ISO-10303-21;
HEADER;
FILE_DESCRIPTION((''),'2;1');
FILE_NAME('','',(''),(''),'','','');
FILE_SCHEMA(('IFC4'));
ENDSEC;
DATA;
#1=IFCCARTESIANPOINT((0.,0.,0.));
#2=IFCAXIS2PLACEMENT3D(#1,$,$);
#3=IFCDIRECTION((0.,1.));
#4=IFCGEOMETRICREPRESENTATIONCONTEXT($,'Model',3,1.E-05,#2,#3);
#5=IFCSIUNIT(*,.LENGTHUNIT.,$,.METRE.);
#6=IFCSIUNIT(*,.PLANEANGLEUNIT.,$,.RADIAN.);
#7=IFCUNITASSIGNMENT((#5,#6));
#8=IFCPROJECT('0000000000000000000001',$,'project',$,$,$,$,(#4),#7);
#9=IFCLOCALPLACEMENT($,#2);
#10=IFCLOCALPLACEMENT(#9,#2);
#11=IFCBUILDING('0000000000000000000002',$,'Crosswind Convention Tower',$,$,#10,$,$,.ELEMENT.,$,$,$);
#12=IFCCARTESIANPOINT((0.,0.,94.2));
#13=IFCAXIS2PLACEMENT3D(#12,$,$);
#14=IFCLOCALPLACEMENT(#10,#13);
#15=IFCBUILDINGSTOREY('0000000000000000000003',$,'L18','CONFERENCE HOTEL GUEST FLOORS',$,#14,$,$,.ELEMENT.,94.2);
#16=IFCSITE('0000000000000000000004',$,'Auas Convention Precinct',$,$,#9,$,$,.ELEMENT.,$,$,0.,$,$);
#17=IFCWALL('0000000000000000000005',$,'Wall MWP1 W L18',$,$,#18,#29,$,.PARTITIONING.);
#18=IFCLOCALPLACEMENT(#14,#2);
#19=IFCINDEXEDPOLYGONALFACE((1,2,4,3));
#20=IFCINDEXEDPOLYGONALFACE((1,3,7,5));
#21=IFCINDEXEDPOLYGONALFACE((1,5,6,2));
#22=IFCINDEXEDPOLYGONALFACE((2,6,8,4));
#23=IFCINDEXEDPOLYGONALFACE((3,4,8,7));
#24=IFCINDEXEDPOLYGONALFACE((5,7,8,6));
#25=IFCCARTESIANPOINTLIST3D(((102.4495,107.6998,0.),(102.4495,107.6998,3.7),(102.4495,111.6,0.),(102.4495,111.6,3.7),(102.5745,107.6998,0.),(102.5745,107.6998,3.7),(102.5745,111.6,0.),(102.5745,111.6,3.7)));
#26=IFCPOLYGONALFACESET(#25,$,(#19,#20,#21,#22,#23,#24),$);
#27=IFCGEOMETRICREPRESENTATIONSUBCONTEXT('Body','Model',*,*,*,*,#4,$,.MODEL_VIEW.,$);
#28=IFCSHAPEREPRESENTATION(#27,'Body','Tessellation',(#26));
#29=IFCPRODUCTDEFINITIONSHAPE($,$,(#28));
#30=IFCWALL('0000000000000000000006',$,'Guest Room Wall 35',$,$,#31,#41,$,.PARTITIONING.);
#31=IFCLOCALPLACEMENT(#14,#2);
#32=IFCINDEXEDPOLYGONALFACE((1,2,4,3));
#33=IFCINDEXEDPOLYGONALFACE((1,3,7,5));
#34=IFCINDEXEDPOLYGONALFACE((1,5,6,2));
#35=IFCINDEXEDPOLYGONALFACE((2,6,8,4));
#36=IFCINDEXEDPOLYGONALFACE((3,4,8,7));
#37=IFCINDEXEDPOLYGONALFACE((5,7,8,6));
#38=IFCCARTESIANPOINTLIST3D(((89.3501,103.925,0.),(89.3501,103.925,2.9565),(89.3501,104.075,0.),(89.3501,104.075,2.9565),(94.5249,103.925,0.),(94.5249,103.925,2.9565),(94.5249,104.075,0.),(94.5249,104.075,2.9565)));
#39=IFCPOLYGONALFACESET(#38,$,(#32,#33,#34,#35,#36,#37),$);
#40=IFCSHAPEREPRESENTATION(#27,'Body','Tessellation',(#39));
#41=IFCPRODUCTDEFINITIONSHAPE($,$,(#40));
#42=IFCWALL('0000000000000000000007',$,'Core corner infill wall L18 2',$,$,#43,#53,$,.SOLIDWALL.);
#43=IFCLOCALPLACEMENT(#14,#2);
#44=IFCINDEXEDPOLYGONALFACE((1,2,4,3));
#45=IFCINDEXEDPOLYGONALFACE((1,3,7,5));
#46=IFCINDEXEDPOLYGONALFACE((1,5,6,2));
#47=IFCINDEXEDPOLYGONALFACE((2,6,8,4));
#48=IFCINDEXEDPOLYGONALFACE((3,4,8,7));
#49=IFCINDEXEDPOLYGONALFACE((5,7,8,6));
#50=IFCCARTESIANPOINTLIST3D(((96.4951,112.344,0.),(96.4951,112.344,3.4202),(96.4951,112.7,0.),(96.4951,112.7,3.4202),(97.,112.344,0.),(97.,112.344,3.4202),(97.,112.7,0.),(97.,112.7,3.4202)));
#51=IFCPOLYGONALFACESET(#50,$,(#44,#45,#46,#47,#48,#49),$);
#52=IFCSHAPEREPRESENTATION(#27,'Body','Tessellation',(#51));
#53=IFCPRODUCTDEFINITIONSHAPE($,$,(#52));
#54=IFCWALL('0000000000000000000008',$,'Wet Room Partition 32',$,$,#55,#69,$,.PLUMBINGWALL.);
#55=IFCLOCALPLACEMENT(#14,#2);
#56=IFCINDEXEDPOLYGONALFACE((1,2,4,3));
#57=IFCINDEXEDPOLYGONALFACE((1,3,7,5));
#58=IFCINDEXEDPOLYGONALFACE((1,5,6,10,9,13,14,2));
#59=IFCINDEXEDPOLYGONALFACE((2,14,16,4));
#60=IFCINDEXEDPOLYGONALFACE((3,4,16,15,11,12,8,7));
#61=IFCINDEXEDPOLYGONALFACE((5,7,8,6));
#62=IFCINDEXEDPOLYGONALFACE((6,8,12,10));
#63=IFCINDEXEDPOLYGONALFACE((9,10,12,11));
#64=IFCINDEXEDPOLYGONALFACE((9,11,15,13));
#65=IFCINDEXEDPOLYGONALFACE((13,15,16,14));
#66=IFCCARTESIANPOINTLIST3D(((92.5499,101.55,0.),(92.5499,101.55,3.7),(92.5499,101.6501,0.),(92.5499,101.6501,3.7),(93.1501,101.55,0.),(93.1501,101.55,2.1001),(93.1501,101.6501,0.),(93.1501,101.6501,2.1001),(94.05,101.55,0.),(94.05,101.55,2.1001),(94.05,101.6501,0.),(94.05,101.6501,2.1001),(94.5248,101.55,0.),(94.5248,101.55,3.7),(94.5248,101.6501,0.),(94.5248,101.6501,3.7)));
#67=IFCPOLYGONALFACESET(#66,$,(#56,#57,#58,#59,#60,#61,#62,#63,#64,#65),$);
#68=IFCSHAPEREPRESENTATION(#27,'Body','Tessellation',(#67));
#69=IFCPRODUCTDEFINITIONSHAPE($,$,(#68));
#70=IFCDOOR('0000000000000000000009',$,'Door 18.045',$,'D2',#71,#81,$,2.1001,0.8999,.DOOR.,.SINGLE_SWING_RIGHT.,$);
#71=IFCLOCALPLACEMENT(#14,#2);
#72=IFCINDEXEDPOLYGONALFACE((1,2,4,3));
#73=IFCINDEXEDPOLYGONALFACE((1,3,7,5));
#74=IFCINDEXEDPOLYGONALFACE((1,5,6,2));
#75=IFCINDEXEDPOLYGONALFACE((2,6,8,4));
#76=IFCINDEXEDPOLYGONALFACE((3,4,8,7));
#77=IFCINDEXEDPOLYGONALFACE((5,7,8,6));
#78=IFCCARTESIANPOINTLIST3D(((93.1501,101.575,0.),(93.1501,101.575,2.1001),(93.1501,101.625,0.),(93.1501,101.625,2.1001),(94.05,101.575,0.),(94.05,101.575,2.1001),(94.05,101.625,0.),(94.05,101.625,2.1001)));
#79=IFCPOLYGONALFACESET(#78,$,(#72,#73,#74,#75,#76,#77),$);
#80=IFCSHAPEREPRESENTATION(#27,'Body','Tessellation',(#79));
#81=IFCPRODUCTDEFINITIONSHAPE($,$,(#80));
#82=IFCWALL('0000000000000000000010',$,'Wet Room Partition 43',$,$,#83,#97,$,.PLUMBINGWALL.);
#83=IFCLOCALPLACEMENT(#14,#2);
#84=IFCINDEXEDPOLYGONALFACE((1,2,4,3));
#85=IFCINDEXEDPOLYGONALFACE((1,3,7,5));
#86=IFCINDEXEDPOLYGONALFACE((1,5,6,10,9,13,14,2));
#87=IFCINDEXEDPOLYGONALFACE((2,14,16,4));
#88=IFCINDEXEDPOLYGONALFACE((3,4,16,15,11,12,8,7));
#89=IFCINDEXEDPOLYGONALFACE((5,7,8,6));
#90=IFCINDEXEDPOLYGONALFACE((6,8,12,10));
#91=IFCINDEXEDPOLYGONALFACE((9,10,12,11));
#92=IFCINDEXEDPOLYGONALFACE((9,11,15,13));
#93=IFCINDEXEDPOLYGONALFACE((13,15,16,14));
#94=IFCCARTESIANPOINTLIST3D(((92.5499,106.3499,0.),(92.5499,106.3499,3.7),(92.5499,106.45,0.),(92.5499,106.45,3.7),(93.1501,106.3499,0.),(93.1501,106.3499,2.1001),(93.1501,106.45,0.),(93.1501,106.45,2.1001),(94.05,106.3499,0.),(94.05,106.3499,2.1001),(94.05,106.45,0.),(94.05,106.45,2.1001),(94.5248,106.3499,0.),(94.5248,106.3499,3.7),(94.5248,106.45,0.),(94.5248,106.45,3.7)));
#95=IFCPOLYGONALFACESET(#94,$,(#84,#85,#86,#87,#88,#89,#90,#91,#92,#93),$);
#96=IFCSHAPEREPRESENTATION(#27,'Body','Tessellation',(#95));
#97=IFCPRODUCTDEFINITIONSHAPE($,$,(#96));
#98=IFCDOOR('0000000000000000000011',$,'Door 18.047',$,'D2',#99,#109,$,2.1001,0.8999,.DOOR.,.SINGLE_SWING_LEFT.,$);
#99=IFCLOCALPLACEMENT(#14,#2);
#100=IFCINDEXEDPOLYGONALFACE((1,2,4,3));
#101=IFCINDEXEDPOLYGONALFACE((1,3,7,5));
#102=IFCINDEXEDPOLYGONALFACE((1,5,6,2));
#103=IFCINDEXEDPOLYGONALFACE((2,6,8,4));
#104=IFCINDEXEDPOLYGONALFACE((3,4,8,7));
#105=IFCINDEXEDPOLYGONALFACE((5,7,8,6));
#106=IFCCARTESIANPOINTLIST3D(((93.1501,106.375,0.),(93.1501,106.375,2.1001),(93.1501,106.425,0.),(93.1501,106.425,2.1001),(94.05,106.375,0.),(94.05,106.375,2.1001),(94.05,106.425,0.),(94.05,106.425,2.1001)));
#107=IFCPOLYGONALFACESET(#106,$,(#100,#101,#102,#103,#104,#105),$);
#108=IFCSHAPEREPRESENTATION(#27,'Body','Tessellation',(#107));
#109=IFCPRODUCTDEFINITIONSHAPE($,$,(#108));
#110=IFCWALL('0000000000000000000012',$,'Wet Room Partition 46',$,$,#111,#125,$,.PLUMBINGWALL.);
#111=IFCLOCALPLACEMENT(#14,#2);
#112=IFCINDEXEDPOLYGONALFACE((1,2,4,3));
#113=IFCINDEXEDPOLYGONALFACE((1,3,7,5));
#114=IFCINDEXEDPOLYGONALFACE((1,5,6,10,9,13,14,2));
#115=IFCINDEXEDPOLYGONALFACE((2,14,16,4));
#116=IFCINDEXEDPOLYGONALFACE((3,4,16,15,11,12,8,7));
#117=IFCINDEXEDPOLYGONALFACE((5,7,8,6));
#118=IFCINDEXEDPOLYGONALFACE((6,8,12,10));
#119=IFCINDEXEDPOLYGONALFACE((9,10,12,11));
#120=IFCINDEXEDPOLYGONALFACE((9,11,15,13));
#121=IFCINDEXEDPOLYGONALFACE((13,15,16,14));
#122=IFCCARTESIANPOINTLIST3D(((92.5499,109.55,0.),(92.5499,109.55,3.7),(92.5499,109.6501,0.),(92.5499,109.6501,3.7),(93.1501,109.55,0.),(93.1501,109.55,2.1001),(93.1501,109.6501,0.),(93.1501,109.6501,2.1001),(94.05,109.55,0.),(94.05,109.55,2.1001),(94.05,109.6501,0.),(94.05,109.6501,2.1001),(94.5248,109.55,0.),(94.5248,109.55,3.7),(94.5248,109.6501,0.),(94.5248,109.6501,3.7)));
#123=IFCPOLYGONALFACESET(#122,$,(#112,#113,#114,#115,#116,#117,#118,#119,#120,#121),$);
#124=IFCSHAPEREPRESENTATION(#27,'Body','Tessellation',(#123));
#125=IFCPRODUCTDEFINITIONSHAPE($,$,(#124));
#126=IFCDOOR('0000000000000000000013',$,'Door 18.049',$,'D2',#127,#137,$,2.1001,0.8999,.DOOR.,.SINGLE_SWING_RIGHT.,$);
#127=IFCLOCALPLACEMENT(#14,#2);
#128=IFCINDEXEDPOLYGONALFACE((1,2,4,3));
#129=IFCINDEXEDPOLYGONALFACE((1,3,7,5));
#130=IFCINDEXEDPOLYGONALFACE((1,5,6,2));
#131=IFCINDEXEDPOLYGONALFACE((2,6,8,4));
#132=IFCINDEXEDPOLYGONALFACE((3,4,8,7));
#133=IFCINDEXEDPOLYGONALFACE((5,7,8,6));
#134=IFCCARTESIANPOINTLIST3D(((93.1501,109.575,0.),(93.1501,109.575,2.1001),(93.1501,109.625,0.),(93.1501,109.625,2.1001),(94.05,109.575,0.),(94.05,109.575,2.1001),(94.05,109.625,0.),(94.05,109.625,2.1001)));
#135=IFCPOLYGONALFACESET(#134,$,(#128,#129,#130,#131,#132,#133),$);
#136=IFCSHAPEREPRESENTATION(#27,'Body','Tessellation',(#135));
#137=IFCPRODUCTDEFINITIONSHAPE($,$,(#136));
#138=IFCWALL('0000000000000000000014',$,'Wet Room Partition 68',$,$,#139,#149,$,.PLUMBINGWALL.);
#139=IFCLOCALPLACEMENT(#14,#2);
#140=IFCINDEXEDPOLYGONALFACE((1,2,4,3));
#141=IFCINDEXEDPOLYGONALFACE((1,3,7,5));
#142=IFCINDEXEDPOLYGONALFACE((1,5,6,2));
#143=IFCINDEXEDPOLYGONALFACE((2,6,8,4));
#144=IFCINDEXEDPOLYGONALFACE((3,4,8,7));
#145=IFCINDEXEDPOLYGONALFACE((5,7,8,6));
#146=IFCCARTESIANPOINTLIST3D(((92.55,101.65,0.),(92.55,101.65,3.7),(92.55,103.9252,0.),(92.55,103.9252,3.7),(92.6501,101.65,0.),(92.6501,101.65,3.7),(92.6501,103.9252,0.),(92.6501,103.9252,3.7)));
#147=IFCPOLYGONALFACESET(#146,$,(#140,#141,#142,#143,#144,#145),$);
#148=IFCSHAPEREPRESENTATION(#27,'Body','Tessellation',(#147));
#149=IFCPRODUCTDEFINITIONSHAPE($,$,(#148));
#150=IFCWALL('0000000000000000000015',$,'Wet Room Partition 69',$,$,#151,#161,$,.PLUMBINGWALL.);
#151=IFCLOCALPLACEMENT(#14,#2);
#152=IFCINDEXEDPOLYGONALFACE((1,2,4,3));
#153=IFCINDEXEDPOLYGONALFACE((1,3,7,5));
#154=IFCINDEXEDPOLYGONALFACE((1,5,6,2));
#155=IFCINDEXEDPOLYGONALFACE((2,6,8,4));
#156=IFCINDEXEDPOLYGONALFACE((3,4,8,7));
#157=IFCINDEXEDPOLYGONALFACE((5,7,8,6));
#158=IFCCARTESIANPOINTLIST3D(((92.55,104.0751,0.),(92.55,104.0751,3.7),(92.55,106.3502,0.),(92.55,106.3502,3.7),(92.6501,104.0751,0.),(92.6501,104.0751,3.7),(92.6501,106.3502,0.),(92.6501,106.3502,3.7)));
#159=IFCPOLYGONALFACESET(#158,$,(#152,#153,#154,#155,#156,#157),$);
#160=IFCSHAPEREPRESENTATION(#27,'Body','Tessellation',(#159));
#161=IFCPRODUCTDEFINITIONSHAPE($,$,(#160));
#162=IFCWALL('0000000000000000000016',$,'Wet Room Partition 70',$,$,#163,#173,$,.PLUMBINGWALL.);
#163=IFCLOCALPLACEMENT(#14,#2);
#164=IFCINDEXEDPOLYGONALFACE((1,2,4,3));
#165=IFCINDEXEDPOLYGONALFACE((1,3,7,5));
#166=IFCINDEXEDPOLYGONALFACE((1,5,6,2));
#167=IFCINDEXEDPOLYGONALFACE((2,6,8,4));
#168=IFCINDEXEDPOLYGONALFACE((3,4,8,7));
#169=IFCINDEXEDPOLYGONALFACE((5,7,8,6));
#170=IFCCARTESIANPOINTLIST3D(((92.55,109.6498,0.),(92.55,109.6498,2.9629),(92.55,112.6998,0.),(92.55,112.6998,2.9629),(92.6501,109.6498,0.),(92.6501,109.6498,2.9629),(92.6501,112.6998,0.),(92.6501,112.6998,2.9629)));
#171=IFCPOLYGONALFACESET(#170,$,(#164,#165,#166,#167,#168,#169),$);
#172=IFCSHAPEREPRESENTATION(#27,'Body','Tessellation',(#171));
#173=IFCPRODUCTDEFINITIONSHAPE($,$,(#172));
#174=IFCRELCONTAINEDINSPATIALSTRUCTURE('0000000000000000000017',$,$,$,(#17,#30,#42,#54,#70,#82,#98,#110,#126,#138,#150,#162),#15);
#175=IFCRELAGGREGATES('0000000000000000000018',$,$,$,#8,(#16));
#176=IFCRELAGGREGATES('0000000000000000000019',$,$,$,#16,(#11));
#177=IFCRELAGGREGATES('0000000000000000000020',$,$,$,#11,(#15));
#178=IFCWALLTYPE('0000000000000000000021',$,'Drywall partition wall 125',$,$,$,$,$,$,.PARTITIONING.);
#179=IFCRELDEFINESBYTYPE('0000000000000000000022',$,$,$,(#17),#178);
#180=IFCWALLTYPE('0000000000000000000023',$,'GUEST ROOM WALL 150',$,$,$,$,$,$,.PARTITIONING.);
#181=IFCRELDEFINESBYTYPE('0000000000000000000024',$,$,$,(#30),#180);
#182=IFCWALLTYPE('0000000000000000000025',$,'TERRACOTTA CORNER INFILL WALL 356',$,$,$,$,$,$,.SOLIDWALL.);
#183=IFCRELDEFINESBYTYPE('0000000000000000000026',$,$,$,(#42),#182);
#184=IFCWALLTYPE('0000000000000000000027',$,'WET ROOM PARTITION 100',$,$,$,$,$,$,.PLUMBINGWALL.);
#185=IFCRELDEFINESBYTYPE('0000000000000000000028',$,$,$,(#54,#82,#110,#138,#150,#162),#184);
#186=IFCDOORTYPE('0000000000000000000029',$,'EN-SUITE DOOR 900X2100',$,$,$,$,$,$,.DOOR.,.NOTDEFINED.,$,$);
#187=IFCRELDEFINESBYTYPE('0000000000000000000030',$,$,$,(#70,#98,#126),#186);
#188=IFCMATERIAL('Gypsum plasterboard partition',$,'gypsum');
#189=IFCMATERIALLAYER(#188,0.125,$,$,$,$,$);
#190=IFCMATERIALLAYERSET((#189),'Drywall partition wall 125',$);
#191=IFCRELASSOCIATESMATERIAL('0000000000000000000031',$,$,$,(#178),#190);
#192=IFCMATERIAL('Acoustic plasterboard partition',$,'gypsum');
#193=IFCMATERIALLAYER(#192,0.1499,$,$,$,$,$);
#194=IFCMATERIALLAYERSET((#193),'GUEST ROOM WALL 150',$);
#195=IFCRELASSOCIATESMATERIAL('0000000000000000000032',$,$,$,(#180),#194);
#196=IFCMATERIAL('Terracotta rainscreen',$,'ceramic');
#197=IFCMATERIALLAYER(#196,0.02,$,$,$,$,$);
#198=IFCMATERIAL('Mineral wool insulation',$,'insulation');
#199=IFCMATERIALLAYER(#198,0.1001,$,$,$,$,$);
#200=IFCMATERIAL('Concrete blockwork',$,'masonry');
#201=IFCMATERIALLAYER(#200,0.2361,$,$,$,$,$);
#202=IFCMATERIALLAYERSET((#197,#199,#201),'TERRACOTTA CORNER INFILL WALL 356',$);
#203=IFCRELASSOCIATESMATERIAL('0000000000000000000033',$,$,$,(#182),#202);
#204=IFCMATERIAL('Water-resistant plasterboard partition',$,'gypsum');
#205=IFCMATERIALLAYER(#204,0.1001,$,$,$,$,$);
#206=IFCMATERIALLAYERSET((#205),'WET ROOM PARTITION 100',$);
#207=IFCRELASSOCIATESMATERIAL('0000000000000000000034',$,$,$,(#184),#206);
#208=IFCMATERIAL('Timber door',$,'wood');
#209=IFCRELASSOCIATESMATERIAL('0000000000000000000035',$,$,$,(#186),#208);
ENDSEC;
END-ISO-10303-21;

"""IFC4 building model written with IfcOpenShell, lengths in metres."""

from ifc_helpers import new_model, si_unit, direction, frame, frame_2d, origin, place, context, subcontext, project, spatial, rectangle, extrude, material, layer, layer_set, type_object, element, fill, save


model = new_model("IFC4")

# Units and contexts
model_context = context("Model", 3, precision=1e-05, world=origin(), true_north=direction((0.0, 1.0)))
body_context = subcontext(model_context, "Body", "Model", "MODEL_VIEW")
ifc_project = project(units=[si_unit("LENGTHUNIT", "METRE"), si_unit("PLANEANGLEUNIT", "RADIAN")], contexts=[model_context])

# Site, building, storey
site_placement = place(None, origin())
site = spatial("IfcSite", under=ifc_project, at=site_placement, Name="Auas Convention Precinct", CompositionType="ELEMENT", RefElevation=0.0)
building_placement = place(site_placement, origin())
building = spatial("IfcBuilding", under=site, at=building_placement, Name="Crosswind Convention Tower", CompositionType="ELEMENT")
storey_placement = place(building_placement, frame((0.0, 0.0, 94.2)))
storey = spatial("IfcBuildingStorey", under=building, at=storey_placement, Name="L18", Description="CONFERENCE HOTEL GUEST FLOORS", CompositionType="ELEMENT", Elevation=94.2)

# Walls
ifc_material_1 = material(Name="Gypsum plasterboard partition", Category="gypsum")
ifc_layer_1 = layer(ifc_material_1, 0.125)
ifc_layer_set_1 = layer_set([ifc_layer_1], Name="Drywall partition wall 125")
wall_type_1 = type_object("IfcWallType", Name="Drywall partition wall 125", PredefinedType="PARTITIONING", material=ifc_layer_set_1)
wall_1_placement = place(storey_placement, frame((102.512, 111.6001, 0.0), z_axis=(0.0, 0.0, 1.0), x_axis=(0.0, -1.0, 0.0)))
element("IfcWall", 1, at=wall_1_placement, inside=storey, type_object=wall_type_1, Name="Wall MWP1 W L18", PredefinedType="PARTITIONING", context=body_context, shape_type="SweptSolid", body=[
    extrude(rectangle(XDim=3.9001, YDim=0.125, at=frame_2d((1.9502, 0.0))), origin(), (0.0, 0.0, 1.0), 3.7),
])
ifc_material_2 = material(Name="Acoustic plasterboard partition", Category="gypsum")
ifc_layer_2 = layer(ifc_material_2, 0.1499)
ifc_layer_set_2 = layer_set([ifc_layer_2], Name="GUEST ROOM WALL 150")
wall_type_2 = type_object("IfcWallType", Name="GUEST ROOM WALL 150", PredefinedType="PARTITIONING", material=ifc_layer_set_2)
wall_2_placement = place(storey_placement, frame((89.3501, 104.0, 0.0), z_axis=(0.0, 0.0, 1.0), x_axis=(1.0, 0.0, 0.0)))
element("IfcWall", 2, at=wall_2_placement, inside=storey, type_object=wall_type_2, Name="Guest Room Wall 35", PredefinedType="PARTITIONING", context=body_context, shape_type="SweptSolid", body=[
    extrude(rectangle(XDim=5.1748, YDim=0.1499, at=frame_2d((2.5874, 0.0))), origin(), (0.0, 0.0, 1.0), 2.9565),
])
ifc_material_3 = material(Name="Terracotta rainscreen", Category="ceramic")
ifc_layer_3 = layer(ifc_material_3, 0.02)
ifc_material_4 = material(Name="Mineral wool insulation", Category="insulation")
ifc_layer_4 = layer(ifc_material_4, 0.1001)
ifc_material_5 = material(Name="Concrete blockwork", Category="masonry")
ifc_layer_5 = layer(ifc_material_5, 0.2361)
ifc_layer_set_3 = layer_set([ifc_layer_3, ifc_layer_4, ifc_layer_5], Name="TERRACOTTA CORNER INFILL WALL 356")
wall_type_3 = type_object("IfcWallType", Name="TERRACOTTA CORNER INFILL WALL 356", PredefinedType="SOLIDWALL", material=ifc_layer_set_3)
wall_3_placement = place(storey_placement, frame((96.4951, 112.522, 0.0), z_axis=(0.0, 0.0, 1.0), x_axis=(1.0, 0.0, 0.0)))
element("IfcWall", 3, at=wall_3_placement, inside=storey, type_object=wall_type_3, Name="Core corner infill wall L18 2", PredefinedType="SOLIDWALL", context=body_context, shape_type="SweptSolid", body=[
    extrude(rectangle(XDim=0.5049, YDim=0.356, at=frame_2d((0.2524, 0.0))), origin(), (0.0, 0.0, 1.0), 3.4202),
])

# Walls, openings, doors
ifc_material_6 = material(Name="Water-resistant plasterboard partition", Category="gypsum")
ifc_layer_6 = layer(ifc_material_6, 0.1001)
ifc_layer_set_4 = layer_set([ifc_layer_6], Name="WET ROOM PARTITION 100")
wall_type_4 = type_object("IfcWallType", Name="WET ROOM PARTITION 100", PredefinedType="PLUMBINGWALL", material=ifc_layer_set_4)
wall_4_placement = place(storey_placement, frame((92.55, 101.6001, 0.0), z_axis=(0.0, 0.0, 1.0), x_axis=(1.0, 0.0, 0.0)))
wall_4 = element("IfcWall", 4, at=wall_4_placement, inside=storey, type_object=wall_type_4, Name="Wet Room Partition 32", PredefinedType="PLUMBINGWALL", context=body_context, shape_type="SweptSolid", body=[
    extrude(rectangle(XDim=1.9749, YDim=0.1001, at=frame_2d((0.9873, 0.0))), origin(), (0.0, 0.0, 1.0), 3.7),
])
opening_1_placement = place(wall_4_placement, frame((0.6001, 0.0, 0.0)))
opening_1 = element("IfcOpeningElement", 5, at=opening_1_placement, cuts=wall_4, PredefinedType="OPENING", context=body_context, shape_type="SweptSolid", body=[
    extrude(rectangle(XDim=0.8999, YDim=2.1001, at=frame_2d((0.45, 1.05))), frame((0.0, 0.0601, 0.0), z_axis=(0.0, -1.0, 0.0), x_axis=(1.0, 0.0, 0.0)), (0.0, 0.0, 1.0), 0.1201),
])
ifc_material_7 = material(Name="Timber door", Category="wood")
door_type_1 = type_object("IfcDoorType", Name="EN-SUITE DOOR 900X2100", OperationType="NOTDEFINED", PredefinedType="DOOR", material=ifc_material_7)
door_1_placement = place(opening_1_placement, origin())
door_1 = element("IfcDoor", 6, at=door_1_placement, inside=storey, type_object=door_type_1, Name="Door 18.045", ObjectType="D2", OperationType="SINGLE_SWING_RIGHT", OverallHeight=2.1001, OverallWidth=0.8999, PredefinedType="DOOR", context=body_context, shape_type="SweptSolid", body=[
    extrude(rectangle(XDim=0.8999, YDim=2.1001, at=frame_2d((0.45, 1.05))), frame((0.0, 0.0249, 0.0), z_axis=(0.0, -1.0, 0.0), x_axis=(1.0, 0.0, 0.0)), (0.0, 0.0, 1.0), 0.05),
])
fill(opening_1, door_1)
wall_5_placement = place(storey_placement, frame((92.55, 106.3999, 0.0), z_axis=(0.0, 0.0, 1.0), x_axis=(1.0, 0.0, 0.0)))
wall_5 = element("IfcWall", 7, at=wall_5_placement, inside=storey, type_object=wall_type_4, Name="Wet Room Partition 43", PredefinedType="PLUMBINGWALL", context=body_context, shape_type="SweptSolid", body=[
    extrude(rectangle(XDim=1.9749, YDim=0.1001, at=frame_2d((0.9873, 0.0))), origin(), (0.0, 0.0, 1.0), 3.7),
])
opening_2_placement = place(wall_5_placement, frame((0.6001, 0.0, 0.0)))
opening_2 = element("IfcOpeningElement", 8, at=opening_2_placement, cuts=wall_5, PredefinedType="OPENING", context=body_context, shape_type="SweptSolid", body=[
    extrude(rectangle(XDim=0.8999, YDim=2.1001, at=frame_2d((0.45, 1.05))), frame((0.0, 0.0601, 0.0), z_axis=(0.0, -1.0, 0.0), x_axis=(1.0, 0.0, 0.0)), (0.0, 0.0, 1.0), 0.1201),
])
door_2_placement = place(opening_2_placement, frame((0.8999, 0.0, 0.0), z_axis=(0.0, 0.0, 1.0), x_axis=(-1.0, 0.0, 0.0)))
door_2 = element("IfcDoor", 9, at=door_2_placement, inside=storey, type_object=door_type_1, Name="Door 18.047", ObjectType="D2", OperationType="SINGLE_SWING_LEFT", OverallHeight=2.1001, OverallWidth=0.8999, PredefinedType="DOOR", context=body_context, shape_type="SweptSolid", body=[
    extrude(rectangle(XDim=0.8999, YDim=2.1001, at=frame_2d((0.45, 1.05))), frame((0.0, 0.0249, 0.0), z_axis=(0.0, -1.0, 0.0), x_axis=(1.0, 0.0, 0.0)), (0.0, 0.0, 1.0), 0.05),
])
fill(opening_2, door_2)
wall_6_placement = place(storey_placement, frame((92.55, 109.6001, 0.0), z_axis=(0.0, 0.0, 1.0), x_axis=(1.0, 0.0, 0.0)))
wall_6 = element("IfcWall", 10, at=wall_6_placement, inside=storey, type_object=wall_type_4, Name="Wet Room Partition 46", PredefinedType="PLUMBINGWALL", context=body_context, shape_type="SweptSolid", body=[
    extrude(rectangle(XDim=1.9749, YDim=0.1001, at=frame_2d((0.9873, 0.0))), origin(), (0.0, 0.0, 1.0), 3.7),
])
opening_3_placement = place(wall_6_placement, frame((0.6001, 0.0, 0.0)))
opening_3 = element("IfcOpeningElement", 11, at=opening_3_placement, cuts=wall_6, PredefinedType="OPENING", context=body_context, shape_type="SweptSolid", body=[
    extrude(rectangle(XDim=0.8999, YDim=2.1001, at=frame_2d((0.45, 1.05))), frame((0.0, 0.0601, 0.0), z_axis=(0.0, -1.0, 0.0), x_axis=(1.0, 0.0, 0.0)), (0.0, 0.0, 1.0), 0.1201),
])
door_3_placement = place(opening_3_placement, origin())
door_3 = element("IfcDoor", 12, at=door_3_placement, inside=storey, type_object=door_type_1, Name="Door 18.049", ObjectType="D2", OperationType="SINGLE_SWING_RIGHT", OverallHeight=2.1001, OverallWidth=0.8999, PredefinedType="DOOR", context=body_context, shape_type="SweptSolid", body=[
    extrude(rectangle(XDim=0.8999, YDim=2.1001, at=frame_2d((0.45, 1.05))), frame((0.0, 0.0249, 0.0), z_axis=(0.0, -1.0, 0.0), x_axis=(1.0, 0.0, 0.0)), (0.0, 0.0, 1.0), 0.05),
])
fill(opening_3, door_3)

# Walls
for number, where, z_axis, x_axis, name in (
    (13, (92.6001, 101.6499, 0.0), (0.0, 0.0, 1.0), (0.0, 1.0, 0.0), "Wet Room Partition 68"),
    (14, (92.6001, 104.075, 0.0), (0.0, 0.0, 1.0), (0.0, 1.0, 0.0), "Wet Room Partition 69"),
):
    element("IfcWall", number, at=place(storey_placement, frame(where, z_axis=z_axis, x_axis=x_axis)), inside=storey, type_object=wall_type_4, Name=name, PredefinedType="PLUMBINGWALL", context=body_context, shape_type="SweptSolid", body=[
        extrude(rectangle(XDim=2.2751, YDim=0.1001, at=frame_2d((1.1377, 0.0))), origin(), (0.0, 0.0, 1.0), 3.7),
    ])
wall_7_placement = place(storey_placement, frame((92.6001, 109.6499, 0.0), z_axis=(0.0, 0.0, 1.0), x_axis=(0.0, 1.0, 0.0)))
element("IfcWall", 15, at=wall_7_placement, inside=storey, type_object=wall_type_4, Name="Wet Room Partition 70", PredefinedType="PLUMBINGWALL", context=body_context, shape_type="SweptSolid", body=[
    extrude(rectangle(XDim=3.05, YDim=0.1001, at=frame_2d((1.5249, 0.0))), origin(), (0.0, 0.0, 1.0), 2.9629),
])

save(model, "model.ifc")
